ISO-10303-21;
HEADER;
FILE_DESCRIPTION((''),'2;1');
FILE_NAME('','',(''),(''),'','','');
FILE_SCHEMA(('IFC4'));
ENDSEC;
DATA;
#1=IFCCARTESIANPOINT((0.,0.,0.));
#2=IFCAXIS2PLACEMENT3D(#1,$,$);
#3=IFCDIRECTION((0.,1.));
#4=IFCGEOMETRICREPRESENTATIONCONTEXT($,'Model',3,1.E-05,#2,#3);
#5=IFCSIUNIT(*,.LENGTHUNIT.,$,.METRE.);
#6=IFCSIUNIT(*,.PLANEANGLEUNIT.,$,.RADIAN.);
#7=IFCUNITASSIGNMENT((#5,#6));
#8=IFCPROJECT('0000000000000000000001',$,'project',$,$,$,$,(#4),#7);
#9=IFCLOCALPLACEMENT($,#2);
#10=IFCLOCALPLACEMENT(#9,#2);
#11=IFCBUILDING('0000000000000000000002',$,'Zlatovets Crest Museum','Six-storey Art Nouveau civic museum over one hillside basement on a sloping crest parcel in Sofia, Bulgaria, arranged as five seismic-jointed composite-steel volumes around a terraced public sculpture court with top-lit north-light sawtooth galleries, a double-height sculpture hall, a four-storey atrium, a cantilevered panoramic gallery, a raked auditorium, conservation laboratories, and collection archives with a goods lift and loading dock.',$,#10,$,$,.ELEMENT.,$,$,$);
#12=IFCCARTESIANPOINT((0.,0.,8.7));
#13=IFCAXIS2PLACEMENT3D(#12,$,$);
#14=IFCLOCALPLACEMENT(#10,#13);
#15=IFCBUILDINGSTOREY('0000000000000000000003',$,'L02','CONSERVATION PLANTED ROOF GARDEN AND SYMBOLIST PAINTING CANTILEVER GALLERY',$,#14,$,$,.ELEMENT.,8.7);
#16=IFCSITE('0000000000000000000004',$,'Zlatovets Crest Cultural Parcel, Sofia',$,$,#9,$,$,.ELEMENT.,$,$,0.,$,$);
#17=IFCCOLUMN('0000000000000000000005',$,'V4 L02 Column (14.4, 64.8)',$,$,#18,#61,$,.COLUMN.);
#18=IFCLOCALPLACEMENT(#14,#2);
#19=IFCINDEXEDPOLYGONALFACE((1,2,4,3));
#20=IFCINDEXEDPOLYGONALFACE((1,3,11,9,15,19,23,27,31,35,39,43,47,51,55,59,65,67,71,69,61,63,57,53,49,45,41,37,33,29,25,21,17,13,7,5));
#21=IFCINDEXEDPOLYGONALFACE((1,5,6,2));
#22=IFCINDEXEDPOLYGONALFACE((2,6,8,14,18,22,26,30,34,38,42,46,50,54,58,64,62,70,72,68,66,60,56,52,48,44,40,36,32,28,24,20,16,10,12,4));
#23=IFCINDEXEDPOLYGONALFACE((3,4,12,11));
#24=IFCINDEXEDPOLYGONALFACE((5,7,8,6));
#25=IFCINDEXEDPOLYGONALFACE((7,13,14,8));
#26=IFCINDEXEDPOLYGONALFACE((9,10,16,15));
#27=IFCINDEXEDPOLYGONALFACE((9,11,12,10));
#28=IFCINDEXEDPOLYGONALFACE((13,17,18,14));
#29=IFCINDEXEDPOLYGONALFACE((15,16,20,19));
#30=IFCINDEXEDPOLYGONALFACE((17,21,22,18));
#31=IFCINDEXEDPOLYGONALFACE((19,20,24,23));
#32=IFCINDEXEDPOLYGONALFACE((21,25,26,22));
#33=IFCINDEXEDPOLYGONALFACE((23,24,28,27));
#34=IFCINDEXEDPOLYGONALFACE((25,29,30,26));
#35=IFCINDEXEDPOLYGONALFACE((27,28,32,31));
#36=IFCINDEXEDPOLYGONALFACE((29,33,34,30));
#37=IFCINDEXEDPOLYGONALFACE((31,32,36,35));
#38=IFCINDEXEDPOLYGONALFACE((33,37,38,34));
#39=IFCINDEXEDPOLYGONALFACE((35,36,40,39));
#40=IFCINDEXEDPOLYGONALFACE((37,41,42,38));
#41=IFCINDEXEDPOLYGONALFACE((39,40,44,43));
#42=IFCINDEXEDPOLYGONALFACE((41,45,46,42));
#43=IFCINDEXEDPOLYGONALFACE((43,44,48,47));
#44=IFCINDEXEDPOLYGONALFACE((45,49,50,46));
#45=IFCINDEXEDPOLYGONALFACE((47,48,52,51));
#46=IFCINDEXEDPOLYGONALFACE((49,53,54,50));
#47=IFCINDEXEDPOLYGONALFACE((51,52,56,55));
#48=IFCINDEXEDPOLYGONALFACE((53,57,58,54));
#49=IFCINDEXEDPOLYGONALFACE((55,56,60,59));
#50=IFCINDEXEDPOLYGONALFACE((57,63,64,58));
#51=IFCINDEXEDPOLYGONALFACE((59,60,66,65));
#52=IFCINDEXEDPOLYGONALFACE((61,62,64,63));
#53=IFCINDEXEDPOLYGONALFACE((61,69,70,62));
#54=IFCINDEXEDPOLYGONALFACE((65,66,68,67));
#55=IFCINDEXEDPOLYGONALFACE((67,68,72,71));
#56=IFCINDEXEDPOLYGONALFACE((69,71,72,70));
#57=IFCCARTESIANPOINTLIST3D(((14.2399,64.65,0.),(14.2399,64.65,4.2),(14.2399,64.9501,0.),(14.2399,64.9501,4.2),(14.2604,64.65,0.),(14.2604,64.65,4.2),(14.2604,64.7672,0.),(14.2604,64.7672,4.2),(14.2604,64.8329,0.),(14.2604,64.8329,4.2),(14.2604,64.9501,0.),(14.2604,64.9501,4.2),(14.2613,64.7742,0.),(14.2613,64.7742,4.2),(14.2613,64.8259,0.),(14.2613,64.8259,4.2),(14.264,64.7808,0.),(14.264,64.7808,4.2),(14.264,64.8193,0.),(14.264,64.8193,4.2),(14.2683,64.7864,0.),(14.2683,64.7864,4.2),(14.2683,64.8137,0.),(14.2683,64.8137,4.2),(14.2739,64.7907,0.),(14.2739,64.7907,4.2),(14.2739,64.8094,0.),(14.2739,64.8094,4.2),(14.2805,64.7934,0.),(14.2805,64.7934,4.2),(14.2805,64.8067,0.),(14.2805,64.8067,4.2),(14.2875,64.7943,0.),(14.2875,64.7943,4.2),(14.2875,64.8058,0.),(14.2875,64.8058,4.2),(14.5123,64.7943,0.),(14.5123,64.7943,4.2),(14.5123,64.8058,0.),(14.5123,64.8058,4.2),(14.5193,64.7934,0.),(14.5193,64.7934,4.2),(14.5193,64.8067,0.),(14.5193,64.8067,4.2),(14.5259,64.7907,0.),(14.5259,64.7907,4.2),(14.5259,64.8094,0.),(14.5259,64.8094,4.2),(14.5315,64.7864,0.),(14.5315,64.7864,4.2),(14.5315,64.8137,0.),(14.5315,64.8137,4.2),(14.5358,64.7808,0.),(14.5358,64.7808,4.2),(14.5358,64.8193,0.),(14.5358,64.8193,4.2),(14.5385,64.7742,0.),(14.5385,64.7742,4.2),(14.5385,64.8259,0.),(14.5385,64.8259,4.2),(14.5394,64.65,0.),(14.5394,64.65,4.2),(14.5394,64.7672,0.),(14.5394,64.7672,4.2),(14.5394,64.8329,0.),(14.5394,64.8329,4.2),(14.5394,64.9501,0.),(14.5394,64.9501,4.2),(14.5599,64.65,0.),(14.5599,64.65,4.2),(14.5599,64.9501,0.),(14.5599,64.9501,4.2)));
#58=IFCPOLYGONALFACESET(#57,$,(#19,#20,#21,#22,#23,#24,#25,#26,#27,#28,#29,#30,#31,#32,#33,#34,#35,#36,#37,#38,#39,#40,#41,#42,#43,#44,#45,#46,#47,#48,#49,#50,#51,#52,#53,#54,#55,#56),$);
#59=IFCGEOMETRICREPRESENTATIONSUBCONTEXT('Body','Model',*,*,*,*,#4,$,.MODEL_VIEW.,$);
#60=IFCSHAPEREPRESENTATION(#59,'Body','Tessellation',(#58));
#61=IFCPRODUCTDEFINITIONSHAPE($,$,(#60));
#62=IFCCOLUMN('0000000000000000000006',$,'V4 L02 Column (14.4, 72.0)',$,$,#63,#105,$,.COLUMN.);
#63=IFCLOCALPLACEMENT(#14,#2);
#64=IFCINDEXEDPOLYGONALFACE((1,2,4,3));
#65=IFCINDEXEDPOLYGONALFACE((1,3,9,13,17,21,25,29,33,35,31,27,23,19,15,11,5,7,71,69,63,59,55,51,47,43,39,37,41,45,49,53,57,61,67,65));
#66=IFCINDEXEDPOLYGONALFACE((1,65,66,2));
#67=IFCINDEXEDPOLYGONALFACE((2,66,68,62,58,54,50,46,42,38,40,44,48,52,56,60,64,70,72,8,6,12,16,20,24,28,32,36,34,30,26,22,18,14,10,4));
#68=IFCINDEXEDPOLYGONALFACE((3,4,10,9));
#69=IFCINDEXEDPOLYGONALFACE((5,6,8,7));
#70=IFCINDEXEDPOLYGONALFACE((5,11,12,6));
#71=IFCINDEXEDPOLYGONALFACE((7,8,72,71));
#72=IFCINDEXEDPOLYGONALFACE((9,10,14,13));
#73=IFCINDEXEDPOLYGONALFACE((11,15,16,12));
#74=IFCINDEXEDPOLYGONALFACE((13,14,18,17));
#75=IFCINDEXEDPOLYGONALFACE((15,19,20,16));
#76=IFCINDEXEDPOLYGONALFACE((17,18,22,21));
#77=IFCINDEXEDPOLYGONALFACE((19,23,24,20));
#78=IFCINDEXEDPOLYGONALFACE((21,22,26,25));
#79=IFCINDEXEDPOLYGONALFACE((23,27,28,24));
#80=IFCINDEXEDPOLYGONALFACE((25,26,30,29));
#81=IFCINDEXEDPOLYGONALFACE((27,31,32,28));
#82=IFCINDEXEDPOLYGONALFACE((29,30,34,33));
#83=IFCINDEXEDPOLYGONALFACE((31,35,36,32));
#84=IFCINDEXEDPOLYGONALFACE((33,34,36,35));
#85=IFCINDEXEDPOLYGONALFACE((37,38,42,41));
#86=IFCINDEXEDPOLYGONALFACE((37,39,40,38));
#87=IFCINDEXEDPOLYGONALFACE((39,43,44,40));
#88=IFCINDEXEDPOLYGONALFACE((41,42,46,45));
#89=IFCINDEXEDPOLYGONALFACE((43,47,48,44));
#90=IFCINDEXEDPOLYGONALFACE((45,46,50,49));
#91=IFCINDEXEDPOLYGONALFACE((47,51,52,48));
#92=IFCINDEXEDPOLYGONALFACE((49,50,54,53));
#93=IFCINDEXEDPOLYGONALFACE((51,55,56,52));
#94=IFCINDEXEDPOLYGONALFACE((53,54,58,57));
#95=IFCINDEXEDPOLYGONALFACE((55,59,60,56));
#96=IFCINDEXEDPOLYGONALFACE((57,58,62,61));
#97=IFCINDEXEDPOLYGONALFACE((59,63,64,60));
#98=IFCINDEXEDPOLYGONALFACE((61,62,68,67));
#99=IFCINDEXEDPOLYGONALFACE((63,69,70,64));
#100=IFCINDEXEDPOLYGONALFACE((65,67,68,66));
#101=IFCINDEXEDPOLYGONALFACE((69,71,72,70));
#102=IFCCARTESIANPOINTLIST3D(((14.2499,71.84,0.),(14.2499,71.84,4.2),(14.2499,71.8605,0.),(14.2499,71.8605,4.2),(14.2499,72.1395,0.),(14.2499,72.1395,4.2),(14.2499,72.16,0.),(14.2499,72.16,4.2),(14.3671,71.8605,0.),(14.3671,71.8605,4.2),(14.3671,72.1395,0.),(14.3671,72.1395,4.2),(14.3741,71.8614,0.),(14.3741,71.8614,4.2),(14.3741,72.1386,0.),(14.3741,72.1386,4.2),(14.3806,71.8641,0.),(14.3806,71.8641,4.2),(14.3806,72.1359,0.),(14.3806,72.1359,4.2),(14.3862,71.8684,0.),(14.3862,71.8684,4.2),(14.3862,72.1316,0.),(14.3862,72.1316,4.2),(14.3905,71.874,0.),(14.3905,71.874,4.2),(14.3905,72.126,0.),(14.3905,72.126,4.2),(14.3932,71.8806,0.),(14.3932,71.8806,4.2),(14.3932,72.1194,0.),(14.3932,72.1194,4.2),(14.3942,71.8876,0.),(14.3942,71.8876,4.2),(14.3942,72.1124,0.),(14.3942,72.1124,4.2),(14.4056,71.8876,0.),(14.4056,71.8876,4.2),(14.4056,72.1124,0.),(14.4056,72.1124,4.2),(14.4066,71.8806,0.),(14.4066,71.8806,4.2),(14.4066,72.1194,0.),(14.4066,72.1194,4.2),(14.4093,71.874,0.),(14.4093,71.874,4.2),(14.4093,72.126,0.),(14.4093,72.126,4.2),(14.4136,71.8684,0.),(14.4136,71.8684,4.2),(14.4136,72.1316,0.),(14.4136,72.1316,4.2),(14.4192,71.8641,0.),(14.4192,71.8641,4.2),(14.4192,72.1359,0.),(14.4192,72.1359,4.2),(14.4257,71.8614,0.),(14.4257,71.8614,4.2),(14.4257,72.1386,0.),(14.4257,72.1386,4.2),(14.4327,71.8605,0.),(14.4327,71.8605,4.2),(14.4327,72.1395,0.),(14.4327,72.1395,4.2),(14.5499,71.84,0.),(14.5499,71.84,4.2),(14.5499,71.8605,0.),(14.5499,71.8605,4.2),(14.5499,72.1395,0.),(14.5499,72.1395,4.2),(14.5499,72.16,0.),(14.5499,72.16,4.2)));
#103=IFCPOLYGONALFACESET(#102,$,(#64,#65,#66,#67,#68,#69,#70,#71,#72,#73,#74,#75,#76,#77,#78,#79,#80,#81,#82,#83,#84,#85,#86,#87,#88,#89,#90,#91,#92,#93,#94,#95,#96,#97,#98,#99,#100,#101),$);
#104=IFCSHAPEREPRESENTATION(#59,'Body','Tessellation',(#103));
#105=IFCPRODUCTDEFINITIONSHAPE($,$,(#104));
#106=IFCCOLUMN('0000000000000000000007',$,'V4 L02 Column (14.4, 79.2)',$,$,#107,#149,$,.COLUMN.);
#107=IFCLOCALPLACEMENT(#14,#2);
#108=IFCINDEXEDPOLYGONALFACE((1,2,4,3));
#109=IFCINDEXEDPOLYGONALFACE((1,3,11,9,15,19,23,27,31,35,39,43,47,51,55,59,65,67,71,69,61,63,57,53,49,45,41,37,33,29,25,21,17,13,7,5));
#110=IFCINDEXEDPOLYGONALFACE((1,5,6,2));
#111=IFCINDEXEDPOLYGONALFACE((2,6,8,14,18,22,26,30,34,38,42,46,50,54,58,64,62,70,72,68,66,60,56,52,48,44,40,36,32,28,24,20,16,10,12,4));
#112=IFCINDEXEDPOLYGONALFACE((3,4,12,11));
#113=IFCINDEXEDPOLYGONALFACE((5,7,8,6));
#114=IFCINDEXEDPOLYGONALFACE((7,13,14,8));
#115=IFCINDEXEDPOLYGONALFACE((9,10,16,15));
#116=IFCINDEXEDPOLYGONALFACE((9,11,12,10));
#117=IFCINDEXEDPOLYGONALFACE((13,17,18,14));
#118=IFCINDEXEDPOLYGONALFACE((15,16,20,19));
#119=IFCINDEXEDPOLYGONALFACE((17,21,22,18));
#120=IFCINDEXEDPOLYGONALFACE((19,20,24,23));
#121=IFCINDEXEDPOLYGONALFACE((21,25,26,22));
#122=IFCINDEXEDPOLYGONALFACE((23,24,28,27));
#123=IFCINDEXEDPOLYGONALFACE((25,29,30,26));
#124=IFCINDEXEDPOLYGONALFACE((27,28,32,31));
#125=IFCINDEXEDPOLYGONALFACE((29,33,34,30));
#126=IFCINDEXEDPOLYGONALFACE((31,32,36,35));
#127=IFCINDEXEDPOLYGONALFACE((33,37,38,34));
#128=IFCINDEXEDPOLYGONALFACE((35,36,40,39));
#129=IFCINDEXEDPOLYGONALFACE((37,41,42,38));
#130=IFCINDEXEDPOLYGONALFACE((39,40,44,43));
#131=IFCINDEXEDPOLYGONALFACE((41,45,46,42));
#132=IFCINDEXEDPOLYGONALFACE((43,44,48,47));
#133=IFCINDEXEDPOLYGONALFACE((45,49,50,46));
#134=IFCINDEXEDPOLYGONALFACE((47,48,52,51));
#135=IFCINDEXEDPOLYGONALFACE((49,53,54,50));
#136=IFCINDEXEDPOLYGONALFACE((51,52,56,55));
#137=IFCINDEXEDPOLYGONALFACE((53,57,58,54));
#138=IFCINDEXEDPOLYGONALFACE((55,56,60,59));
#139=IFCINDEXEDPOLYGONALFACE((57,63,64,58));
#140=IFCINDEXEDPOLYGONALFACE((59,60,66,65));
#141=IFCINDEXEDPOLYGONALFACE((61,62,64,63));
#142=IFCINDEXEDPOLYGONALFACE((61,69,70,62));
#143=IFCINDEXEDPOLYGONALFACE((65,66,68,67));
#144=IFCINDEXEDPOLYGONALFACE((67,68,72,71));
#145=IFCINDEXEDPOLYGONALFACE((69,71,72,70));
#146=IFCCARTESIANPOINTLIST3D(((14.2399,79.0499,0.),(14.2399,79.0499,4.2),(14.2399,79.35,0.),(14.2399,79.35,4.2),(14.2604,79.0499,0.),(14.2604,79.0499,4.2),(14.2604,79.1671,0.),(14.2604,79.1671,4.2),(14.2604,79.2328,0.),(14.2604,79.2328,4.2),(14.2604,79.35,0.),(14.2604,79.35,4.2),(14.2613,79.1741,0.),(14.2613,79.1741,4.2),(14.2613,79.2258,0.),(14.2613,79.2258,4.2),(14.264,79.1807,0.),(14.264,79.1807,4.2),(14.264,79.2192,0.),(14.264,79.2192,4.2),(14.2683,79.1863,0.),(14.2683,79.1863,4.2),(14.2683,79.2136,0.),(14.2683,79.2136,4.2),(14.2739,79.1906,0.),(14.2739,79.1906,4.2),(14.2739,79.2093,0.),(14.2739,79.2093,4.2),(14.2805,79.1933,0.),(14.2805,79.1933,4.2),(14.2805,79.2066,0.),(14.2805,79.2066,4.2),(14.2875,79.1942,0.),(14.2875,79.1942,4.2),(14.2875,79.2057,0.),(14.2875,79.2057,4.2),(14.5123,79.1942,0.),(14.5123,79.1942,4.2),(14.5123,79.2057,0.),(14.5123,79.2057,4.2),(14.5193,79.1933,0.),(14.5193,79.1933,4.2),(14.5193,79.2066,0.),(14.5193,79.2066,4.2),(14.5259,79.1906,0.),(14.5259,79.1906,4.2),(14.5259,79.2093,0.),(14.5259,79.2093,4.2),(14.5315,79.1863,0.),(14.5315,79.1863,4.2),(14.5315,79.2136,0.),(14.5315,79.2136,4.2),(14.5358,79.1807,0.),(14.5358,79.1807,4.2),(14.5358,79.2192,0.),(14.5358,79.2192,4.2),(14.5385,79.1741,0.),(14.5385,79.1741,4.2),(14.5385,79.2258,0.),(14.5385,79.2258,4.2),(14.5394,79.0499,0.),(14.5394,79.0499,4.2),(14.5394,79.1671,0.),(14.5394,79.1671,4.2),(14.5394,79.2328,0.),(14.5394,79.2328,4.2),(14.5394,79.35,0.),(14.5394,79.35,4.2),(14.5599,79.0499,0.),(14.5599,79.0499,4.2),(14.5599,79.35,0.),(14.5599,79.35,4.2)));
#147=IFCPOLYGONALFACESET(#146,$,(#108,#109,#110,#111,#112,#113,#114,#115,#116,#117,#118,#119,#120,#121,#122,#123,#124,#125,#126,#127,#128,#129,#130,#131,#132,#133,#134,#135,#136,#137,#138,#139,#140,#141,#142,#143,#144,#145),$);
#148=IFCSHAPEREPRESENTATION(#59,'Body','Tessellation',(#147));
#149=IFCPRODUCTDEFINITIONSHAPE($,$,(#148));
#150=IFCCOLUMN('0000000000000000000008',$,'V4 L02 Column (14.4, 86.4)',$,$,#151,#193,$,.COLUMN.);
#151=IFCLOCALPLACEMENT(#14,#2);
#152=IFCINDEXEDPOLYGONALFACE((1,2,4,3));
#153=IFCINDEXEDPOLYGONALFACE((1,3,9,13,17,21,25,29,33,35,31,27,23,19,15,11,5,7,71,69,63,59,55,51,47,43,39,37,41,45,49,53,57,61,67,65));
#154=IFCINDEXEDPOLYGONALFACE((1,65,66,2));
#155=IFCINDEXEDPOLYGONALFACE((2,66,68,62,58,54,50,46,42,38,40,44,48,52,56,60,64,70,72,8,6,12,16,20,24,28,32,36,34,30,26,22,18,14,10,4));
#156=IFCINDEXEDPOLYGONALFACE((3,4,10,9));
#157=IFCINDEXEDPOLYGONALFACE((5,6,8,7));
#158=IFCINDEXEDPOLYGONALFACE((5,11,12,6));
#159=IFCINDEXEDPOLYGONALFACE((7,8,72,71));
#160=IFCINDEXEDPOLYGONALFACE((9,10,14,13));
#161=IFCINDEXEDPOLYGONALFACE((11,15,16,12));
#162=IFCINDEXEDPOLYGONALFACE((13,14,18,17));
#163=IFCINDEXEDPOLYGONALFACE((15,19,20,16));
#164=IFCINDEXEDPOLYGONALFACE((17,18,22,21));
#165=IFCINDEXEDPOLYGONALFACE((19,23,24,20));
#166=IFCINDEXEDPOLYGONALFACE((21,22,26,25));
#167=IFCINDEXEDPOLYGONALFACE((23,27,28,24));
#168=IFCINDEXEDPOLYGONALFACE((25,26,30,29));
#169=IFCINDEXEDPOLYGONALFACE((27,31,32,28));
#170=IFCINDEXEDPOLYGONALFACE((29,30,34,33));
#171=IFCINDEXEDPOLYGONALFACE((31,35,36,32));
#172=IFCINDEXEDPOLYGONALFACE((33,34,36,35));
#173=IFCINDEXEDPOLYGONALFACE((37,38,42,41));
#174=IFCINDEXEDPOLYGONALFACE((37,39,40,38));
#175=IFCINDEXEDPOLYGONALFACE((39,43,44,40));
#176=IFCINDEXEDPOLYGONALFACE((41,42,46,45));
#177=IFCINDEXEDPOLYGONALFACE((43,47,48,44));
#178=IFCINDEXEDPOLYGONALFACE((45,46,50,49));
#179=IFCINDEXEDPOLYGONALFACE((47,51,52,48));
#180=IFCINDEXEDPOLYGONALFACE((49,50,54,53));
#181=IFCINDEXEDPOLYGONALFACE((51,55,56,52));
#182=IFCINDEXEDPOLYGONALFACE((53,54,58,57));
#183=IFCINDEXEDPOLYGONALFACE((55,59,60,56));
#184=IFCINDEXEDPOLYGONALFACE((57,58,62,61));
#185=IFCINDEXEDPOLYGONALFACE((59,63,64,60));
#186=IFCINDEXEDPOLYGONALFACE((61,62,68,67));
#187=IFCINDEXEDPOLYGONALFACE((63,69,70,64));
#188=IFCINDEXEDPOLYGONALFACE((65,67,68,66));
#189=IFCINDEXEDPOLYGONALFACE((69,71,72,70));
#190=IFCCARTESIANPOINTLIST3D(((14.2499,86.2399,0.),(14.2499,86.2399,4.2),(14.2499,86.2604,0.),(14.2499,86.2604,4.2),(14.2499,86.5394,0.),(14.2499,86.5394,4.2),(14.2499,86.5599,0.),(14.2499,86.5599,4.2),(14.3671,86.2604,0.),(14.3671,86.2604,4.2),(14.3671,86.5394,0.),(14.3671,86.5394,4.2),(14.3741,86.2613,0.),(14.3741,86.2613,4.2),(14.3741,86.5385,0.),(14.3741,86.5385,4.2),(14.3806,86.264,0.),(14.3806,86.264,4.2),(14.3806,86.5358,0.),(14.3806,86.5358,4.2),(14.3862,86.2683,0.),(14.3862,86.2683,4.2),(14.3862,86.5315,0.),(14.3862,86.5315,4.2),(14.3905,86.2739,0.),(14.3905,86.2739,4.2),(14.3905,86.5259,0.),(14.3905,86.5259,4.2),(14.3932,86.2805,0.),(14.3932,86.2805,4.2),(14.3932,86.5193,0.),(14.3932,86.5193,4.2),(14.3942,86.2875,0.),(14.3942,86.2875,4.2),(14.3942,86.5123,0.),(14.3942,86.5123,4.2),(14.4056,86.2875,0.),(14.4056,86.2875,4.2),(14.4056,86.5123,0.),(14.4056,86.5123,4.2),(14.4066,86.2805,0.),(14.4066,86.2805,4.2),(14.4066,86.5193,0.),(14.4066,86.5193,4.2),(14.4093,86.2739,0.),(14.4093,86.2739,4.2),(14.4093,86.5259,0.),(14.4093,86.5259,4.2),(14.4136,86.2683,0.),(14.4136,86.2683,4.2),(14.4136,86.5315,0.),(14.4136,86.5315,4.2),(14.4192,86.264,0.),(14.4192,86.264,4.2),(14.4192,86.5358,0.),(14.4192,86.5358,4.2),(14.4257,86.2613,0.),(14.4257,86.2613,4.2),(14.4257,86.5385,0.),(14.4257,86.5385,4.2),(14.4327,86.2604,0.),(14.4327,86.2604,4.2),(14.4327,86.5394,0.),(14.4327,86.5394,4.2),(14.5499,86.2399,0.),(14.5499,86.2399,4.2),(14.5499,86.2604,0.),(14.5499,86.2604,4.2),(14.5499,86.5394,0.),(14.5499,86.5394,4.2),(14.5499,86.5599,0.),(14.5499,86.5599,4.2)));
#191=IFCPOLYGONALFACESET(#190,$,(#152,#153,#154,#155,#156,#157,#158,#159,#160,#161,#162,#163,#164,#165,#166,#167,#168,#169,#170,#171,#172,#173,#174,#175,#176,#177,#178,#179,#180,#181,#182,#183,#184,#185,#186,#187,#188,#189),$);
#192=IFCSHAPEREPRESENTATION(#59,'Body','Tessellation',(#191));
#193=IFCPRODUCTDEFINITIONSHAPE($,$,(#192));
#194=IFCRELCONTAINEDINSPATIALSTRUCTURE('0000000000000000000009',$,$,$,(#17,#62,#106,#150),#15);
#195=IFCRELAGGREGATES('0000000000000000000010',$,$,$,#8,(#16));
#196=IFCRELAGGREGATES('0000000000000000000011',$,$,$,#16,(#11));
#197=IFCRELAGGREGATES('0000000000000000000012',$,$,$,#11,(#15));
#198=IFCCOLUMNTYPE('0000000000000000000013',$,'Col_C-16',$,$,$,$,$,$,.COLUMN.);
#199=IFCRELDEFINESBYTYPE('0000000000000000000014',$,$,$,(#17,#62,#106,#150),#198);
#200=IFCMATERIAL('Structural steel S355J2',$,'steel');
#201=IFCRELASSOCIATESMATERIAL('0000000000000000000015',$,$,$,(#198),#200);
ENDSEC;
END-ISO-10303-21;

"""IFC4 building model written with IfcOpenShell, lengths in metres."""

from ifc_helpers import new_model, si_unit, direction, frame, origin, origin_2d, place, context, subcontext, project, spatial, i_section, extrude, material, material_profile, profile_set, type_object, element, save


model = new_model("IFC4")

# Units and contexts
model_context = context("Model", 3, precision=1e-05, world=origin(), true_north=direction((0.0, 1.0)))
body_context = subcontext(model_context, "Body", "Model", "MODEL_VIEW")
ifc_project = project(units=[si_unit("LENGTHUNIT", "METRE"), si_unit("PLANEANGLEUNIT", "RADIAN")], contexts=[model_context])

# Site, building, storey
site_placement = place(None, origin())
site = spatial("IfcSite", under=ifc_project, at=site_placement, Name="Zlatovets Crest Cultural Parcel, Sofia", CompositionType="ELEMENT", RefElevation=0.0)
building_placement = place(site_placement, origin())
building = spatial("IfcBuilding", under=site, at=building_placement, Name="Zlatovets Crest Museum", Description="Six-storey Art Nouveau civic museum over one hillside basement on a sloping crest parcel in Sofia, Bulgaria, arranged as five seismic-jointed composite-steel volumes around a terraced public sculpture court with top-lit north-light sawtooth galleries, a double-height sculpture hall, a four-storey atrium, a cantilevered panoramic gallery, a raked auditorium, conservation laboratories, and collection archives with a goods lift and loading dock.", CompositionType="ELEMENT")
storey_placement = place(building_placement, frame((0.0, 0.0, 8.7)))
storey = spatial("IfcBuildingStorey", under=building, at=storey_placement, Name="L02", Description="CONSERVATION PLANTED ROOF GARDEN AND SYMBOLIST PAINTING CANTILEVER GALLERY", CompositionType="ELEMENT", Elevation=8.7)

# Columns
ifc_material = material(Name="Structural steel S355J2", Category="steel")
ifc_material_profile_1 = material_profile(ifc_material, i_section(OverallWidth=0.3, OverallDepth=0.3201, WebThickness=0.0115, FlangeThickness=0.0205, FilletRadius=0.0271, at=origin_2d()), Name="HEB 320")
ifc_profile_set_1 = profile_set([ifc_material_profile_1], Name="Structural steel S355J2")
column_type_1 = type_object("IfcColumnType", Name="Col_C-16", PredefinedType="COLUMN", material=ifc_profile_set_1)
for number, where, z_axis, x_axis, name in (
    (1, (14.3999, 64.8, 0.0), (0.0, 0.0, 1.0), (0.0, 1.0, 0.0), "V4 L02 Column (14.4, 64.8)"),
    (2, (14.3999, 72.0, 0.0), (0.0, 0.0, 1.0), (1.0, 0.0, 0.0), "V4 L02 Column (14.4, 72.0)"),
    (3, (14.3999, 79.2, 0.0), (0.0, 0.0, 1.0), (0.0, 1.0, 0.0), "V4 L02 Column (14.4, 79.2)"),
    (4, (14.3999, 86.3999, 0.0), (0.0, 0.0, 1.0), (1.0, 0.0, 0.0), "V4 L02 Column (14.4, 86.4)"),
):
    element("IfcColumn", number, at=place(storey_placement, frame(where, z_axis=z_axis, x_axis=x_axis)), inside=storey, type_object=column_type_1, Name=name, PredefinedType="COLUMN", context=body_context, shape_type="SweptSolid", body=[
        extrude(i_section(OverallWidth=0.3, OverallDepth=0.3201, WebThickness=0.0115, FlangeThickness=0.0205, FilletRadius=0.0271, at=origin_2d()), origin(), (0.0, 0.0, 1.0), 4.2),
    ])

save(model, "model.ifc")
